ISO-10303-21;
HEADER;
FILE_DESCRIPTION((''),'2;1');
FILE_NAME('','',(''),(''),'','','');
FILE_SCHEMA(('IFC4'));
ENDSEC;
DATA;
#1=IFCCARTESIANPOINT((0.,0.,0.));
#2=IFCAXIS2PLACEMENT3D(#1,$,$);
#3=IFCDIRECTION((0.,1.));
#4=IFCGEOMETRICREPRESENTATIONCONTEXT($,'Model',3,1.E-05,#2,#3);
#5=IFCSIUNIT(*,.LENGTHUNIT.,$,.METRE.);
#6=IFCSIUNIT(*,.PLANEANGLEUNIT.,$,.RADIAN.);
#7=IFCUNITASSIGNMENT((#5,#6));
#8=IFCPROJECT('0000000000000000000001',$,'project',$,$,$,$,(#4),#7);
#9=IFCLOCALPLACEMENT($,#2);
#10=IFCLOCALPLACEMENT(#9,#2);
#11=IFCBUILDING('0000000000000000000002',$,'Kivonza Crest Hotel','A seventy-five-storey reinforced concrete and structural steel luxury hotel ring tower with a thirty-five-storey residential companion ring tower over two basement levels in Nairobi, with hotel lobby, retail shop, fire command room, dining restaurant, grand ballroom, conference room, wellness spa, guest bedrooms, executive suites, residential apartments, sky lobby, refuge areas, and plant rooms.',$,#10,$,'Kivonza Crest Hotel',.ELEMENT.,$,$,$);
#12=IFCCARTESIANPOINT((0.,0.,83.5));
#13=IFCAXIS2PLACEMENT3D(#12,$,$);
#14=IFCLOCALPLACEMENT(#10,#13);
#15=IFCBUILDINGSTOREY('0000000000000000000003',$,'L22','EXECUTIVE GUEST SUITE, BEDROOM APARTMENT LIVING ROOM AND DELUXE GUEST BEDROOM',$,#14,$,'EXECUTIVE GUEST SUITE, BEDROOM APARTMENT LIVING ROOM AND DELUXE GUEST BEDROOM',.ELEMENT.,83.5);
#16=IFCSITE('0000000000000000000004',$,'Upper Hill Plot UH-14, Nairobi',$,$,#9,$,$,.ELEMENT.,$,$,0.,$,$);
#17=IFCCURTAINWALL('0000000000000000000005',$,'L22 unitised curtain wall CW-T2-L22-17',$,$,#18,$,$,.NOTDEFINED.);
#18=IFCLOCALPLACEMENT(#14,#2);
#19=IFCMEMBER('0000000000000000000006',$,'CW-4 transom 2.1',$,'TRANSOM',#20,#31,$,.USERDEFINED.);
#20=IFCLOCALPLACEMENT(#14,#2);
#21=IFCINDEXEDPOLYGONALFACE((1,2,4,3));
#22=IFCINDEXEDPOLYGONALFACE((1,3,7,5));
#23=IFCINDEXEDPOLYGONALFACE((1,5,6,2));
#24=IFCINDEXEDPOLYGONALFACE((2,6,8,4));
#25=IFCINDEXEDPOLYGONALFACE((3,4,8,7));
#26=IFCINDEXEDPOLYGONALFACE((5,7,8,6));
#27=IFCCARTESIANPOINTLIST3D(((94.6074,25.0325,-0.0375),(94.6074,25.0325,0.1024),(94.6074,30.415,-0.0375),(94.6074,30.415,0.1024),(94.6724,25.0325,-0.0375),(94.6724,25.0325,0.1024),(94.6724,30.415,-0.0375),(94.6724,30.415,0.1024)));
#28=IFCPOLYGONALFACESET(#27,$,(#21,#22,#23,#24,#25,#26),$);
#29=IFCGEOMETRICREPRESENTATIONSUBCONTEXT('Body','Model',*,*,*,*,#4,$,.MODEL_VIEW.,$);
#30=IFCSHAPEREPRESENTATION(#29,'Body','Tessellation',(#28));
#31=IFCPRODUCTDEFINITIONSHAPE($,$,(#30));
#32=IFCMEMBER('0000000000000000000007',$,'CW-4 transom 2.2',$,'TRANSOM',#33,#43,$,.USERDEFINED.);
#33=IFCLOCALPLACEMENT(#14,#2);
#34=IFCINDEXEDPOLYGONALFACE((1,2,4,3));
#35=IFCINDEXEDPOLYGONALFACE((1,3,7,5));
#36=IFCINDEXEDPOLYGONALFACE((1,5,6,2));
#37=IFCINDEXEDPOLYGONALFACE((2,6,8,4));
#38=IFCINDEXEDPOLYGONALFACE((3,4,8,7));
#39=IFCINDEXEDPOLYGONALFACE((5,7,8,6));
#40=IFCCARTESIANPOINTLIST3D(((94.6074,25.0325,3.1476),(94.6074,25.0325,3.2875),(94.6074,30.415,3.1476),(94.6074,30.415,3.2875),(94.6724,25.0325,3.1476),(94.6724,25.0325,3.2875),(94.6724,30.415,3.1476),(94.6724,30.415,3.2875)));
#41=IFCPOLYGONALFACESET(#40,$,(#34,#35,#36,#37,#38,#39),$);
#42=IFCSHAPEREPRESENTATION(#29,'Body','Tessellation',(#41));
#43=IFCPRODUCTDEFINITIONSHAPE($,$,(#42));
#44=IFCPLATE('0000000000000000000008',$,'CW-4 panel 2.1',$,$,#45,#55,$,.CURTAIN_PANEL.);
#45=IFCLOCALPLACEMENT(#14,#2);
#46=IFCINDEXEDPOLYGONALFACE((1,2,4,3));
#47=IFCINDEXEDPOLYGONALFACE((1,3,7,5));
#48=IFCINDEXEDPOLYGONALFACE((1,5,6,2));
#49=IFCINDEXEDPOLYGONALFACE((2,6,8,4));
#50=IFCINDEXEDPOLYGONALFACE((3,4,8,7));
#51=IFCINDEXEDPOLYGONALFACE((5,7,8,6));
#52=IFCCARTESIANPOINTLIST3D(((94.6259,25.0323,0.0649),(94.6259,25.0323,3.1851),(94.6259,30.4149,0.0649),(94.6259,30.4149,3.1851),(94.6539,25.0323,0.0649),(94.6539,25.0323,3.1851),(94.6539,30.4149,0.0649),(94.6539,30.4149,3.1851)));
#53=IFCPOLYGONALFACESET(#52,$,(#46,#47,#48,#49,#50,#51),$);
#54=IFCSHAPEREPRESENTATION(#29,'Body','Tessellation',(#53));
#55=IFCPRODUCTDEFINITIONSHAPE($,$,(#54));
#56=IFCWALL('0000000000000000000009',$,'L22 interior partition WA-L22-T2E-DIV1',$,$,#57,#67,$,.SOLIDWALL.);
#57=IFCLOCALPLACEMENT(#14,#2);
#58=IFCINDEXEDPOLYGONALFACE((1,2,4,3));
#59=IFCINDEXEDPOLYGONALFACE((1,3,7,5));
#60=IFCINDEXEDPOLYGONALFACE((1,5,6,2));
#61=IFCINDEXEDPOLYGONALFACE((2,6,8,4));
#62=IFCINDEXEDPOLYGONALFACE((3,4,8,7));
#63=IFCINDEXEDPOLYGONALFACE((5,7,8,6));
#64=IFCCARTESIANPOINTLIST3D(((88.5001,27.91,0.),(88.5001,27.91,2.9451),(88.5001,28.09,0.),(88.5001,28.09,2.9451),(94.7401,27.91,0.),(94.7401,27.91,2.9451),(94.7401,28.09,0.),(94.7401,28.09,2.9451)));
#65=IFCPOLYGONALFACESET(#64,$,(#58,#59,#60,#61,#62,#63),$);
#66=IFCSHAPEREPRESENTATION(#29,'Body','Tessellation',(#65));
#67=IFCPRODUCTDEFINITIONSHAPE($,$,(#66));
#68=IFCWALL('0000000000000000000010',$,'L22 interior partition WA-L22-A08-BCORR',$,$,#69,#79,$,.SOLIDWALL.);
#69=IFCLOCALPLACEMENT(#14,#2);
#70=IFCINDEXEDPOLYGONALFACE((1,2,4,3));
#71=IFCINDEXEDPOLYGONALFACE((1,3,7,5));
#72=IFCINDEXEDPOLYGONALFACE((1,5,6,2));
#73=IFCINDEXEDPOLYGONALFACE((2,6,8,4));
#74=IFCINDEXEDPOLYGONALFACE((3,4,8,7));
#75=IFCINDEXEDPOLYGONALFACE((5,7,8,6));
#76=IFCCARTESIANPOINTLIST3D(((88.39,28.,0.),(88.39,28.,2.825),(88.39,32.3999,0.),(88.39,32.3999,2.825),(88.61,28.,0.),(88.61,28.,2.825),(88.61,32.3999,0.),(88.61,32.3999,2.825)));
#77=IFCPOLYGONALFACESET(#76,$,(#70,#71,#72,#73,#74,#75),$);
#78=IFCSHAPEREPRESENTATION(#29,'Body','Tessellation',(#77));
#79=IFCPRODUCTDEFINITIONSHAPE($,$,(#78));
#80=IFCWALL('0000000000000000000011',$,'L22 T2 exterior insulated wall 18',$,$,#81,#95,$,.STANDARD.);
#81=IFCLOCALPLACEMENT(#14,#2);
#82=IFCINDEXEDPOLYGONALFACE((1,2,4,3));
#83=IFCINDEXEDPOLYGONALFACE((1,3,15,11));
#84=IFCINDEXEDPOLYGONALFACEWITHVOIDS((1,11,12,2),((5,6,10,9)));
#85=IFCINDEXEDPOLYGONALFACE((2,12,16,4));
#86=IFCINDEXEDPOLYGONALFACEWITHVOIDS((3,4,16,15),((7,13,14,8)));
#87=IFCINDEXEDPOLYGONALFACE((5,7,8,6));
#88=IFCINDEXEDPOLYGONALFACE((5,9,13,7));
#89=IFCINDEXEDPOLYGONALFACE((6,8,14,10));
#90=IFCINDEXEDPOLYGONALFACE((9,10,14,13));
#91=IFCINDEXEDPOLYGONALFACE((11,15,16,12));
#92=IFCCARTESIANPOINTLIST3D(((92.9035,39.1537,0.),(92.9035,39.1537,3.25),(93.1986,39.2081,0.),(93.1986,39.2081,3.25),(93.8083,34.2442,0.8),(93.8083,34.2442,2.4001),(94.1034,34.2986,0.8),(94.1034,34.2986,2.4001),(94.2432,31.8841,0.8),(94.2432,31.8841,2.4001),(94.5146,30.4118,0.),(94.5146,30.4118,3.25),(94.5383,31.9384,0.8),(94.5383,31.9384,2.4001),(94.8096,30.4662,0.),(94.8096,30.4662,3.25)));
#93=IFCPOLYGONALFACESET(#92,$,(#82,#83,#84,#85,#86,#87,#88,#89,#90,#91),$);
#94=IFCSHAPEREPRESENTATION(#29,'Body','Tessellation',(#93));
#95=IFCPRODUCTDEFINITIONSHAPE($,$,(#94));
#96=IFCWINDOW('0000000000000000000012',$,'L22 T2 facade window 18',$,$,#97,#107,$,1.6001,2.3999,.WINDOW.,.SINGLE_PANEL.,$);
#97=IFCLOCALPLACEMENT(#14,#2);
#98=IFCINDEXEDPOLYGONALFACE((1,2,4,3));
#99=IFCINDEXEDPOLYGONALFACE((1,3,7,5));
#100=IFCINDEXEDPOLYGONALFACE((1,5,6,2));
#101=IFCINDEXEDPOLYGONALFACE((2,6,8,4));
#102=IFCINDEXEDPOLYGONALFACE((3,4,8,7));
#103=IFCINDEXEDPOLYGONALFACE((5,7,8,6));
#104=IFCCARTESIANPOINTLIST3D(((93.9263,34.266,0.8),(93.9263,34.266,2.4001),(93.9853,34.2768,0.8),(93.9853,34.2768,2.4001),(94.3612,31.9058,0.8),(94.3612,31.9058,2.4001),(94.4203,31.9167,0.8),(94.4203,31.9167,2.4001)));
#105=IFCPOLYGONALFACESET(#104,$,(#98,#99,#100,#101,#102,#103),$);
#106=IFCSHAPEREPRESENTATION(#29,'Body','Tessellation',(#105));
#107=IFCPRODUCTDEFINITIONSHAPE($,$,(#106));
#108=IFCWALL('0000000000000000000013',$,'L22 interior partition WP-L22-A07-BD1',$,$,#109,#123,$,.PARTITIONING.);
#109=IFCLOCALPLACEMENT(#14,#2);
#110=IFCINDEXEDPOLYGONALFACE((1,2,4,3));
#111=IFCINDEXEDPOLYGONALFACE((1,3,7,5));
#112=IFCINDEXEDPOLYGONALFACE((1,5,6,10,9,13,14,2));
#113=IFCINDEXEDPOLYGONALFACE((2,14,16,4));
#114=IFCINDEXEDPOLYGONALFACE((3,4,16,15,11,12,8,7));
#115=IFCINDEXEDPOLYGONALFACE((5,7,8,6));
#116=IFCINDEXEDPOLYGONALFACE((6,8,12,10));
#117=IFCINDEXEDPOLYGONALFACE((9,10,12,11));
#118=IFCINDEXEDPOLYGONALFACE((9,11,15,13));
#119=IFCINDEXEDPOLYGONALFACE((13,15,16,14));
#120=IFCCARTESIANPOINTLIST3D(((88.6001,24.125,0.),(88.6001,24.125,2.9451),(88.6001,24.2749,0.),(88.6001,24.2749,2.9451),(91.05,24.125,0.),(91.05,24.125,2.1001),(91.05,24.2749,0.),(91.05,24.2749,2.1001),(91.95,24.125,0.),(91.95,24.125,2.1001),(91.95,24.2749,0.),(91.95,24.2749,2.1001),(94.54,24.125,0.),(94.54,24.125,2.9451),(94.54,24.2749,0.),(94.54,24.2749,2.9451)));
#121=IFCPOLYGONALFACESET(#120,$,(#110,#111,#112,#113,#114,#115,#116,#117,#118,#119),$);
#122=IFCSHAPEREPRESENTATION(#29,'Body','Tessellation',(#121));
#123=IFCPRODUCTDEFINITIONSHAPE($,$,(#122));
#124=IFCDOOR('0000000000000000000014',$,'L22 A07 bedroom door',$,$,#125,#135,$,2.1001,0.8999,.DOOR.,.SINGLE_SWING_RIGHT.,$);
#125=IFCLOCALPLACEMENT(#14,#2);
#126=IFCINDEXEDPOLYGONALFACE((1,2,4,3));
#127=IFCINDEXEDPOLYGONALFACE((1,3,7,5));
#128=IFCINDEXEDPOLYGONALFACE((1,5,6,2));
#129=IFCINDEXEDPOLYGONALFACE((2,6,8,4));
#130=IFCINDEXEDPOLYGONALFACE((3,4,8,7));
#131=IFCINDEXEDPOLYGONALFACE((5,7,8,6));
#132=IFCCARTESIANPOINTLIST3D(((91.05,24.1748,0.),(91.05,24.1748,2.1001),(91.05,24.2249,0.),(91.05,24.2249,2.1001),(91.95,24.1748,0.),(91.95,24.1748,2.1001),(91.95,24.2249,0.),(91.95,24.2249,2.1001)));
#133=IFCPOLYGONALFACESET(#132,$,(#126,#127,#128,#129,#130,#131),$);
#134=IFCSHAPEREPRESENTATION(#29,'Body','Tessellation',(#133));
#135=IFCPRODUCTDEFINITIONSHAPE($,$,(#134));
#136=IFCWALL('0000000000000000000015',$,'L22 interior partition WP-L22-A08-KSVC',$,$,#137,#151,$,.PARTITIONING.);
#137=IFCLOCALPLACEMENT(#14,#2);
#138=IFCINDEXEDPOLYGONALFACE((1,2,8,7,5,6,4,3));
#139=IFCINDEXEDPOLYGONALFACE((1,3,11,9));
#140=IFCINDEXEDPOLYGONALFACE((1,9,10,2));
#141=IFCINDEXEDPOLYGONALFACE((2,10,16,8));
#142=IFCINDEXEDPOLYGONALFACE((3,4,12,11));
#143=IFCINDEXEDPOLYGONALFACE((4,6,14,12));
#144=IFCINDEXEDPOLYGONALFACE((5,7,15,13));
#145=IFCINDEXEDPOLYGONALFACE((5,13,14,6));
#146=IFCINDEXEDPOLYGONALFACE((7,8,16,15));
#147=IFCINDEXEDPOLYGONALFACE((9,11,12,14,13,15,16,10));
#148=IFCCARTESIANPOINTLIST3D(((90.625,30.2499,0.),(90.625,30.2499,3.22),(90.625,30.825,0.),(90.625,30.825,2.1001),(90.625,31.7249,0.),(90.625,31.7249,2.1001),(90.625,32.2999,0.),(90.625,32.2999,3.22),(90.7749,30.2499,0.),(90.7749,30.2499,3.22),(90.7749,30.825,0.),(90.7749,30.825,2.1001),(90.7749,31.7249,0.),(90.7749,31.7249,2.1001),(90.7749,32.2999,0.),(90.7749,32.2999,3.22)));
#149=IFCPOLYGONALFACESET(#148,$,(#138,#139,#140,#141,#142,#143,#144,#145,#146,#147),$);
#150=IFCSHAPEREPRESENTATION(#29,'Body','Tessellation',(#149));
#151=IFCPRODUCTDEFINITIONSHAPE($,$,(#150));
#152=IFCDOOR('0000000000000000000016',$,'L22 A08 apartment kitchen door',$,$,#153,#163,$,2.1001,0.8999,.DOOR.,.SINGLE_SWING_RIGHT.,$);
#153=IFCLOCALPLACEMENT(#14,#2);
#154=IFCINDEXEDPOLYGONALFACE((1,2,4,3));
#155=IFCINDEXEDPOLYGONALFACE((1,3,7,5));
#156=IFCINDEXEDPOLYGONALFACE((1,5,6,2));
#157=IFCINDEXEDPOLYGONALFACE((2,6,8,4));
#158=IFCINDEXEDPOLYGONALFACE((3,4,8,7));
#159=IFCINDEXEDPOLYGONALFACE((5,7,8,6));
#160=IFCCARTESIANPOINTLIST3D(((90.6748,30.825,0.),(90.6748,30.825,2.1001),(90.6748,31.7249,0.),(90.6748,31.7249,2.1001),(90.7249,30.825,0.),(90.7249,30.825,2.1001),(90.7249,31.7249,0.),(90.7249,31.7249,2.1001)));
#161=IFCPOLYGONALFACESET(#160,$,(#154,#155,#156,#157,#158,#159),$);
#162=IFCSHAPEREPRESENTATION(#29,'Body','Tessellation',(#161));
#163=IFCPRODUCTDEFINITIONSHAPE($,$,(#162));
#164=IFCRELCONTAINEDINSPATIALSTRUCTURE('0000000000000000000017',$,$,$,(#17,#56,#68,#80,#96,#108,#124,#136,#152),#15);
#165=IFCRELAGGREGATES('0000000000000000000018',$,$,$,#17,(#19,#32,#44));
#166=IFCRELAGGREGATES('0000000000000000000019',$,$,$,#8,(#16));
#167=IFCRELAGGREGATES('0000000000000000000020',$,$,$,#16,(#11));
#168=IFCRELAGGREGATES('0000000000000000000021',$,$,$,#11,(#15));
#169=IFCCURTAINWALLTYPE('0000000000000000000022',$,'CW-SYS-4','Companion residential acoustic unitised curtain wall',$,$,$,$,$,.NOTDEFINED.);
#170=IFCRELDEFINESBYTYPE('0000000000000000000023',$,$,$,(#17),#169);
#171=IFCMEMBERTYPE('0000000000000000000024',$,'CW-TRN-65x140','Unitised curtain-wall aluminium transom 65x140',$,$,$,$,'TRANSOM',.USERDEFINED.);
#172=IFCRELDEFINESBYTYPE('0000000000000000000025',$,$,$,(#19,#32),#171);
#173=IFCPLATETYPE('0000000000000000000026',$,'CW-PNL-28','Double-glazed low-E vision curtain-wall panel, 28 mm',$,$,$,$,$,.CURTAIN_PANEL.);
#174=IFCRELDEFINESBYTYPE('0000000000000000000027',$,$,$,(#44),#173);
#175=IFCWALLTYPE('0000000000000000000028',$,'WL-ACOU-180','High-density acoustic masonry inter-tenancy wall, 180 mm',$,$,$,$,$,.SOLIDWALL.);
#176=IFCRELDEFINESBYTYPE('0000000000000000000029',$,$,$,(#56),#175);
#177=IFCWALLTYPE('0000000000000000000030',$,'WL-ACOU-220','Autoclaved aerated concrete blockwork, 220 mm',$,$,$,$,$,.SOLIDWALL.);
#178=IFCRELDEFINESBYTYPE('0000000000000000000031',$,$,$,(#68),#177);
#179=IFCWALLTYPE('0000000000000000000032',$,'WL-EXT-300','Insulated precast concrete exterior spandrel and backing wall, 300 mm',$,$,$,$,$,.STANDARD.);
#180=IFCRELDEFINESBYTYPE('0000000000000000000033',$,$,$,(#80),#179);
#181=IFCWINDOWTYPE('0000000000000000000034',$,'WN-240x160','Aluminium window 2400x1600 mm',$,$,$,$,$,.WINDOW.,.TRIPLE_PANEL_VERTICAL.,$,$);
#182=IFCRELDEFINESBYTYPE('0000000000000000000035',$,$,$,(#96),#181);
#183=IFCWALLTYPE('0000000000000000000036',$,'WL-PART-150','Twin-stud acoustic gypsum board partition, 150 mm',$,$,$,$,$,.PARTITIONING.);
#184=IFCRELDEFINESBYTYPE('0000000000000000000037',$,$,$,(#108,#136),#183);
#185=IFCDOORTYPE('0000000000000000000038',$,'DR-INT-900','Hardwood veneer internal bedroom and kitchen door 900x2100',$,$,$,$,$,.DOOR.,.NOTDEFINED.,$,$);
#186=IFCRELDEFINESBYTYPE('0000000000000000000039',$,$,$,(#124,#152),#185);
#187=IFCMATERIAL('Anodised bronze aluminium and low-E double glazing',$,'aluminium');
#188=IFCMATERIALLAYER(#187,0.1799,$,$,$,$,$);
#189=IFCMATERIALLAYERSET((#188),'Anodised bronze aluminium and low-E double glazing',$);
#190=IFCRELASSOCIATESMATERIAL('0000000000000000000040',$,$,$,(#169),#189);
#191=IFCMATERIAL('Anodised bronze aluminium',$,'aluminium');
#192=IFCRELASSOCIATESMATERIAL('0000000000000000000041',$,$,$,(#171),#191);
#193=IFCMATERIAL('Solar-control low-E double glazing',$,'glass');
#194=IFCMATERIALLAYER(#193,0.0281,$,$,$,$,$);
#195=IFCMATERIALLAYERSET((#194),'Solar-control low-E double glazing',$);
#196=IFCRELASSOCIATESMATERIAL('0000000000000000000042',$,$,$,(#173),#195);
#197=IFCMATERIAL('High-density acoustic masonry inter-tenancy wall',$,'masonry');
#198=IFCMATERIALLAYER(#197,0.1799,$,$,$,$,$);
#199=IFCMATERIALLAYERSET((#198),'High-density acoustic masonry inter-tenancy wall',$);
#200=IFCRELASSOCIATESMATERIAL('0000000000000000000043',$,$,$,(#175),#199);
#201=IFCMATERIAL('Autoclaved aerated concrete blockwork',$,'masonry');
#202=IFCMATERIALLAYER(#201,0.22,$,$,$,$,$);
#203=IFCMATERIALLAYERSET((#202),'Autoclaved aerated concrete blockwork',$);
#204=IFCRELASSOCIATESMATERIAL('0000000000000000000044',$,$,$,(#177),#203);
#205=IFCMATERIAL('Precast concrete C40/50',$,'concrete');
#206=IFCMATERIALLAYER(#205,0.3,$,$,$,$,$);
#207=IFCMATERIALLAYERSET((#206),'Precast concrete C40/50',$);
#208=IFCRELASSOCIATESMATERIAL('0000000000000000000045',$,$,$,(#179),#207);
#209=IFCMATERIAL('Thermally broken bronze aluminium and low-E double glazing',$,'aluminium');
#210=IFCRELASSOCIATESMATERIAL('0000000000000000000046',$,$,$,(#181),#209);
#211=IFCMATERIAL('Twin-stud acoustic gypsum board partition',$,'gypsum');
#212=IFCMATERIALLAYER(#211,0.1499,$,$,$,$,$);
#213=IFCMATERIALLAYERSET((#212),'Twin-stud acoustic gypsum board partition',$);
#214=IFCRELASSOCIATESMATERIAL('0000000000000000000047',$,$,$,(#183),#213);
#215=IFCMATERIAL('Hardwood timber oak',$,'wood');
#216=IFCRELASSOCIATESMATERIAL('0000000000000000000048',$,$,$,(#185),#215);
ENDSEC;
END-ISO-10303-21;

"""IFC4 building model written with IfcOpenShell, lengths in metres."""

from ifc_helpers import new_model, si_unit, direction, frame, frame_2d, origin, origin_2d, place, context, subcontext, project, spatial, rectangle, extrude, material, layer, layer_set, material_profile, profile_set, type_object, element, fill, aggregate, save


model = new_model("IFC4")

# Units and contexts
model_context = context("Model", 3, precision=1e-05, world=origin(), true_north=direction((0.0, 1.0)))
body_context = subcontext(model_context, "Body", "Model", "MODEL_VIEW")
ifc_project = project(units=[si_unit("LENGTHUNIT", "METRE"), si_unit("PLANEANGLEUNIT", "RADIAN")], contexts=[model_context])

# Site, building, storey
site_placement = place(None, origin())
site = spatial("IfcSite", under=ifc_project, at=site_placement, Name="Upper Hill Plot UH-14, Nairobi", CompositionType="ELEMENT", RefElevation=0.0)
building_placement = place(site_placement, origin())
building = spatial("IfcBuilding", under=site, at=building_placement, Name="Kivonza Crest Hotel", Description="A seventy-five-storey reinforced concrete and structural steel luxury hotel ring tower with a thirty-five-storey residential companion ring tower over two basement levels in Nairobi, with hotel lobby, retail shop, fire command room, dining restaurant, grand ballroom, conference room, wellness spa, guest bedrooms, executive suites, residential apartments, sky lobby, refuge areas, and plant rooms.", LongName="Kivonza Crest Hotel", CompositionType="ELEMENT")
storey_placement = place(building_placement, frame((0.0, 0.0, 83.5)))
storey = spatial("IfcBuildingStorey", under=building, at=storey_placement, Name="L22", Description="EXECUTIVE GUEST SUITE, BEDROOM APARTMENT LIVING ROOM AND DELUXE GUEST BEDROOM", LongName="EXECUTIVE GUEST SUITE, BEDROOM APARTMENT LIVING ROOM AND DELUXE GUEST BEDROOM", CompositionType="ELEMENT", Elevation=83.5)

# Curtain wall, members, plate
ifc_material_1 = material(Name="Anodised bronze aluminium and low-E double glazing", Category="aluminium")
ifc_layer_1 = layer(ifc_material_1, 0.1799)
ifc_layer_set_1 = layer_set([ifc_layer_1], Name="Anodised bronze aluminium and low-E double glazing")
curtain_wall_type = type_object("IfcCurtainWallType", Name="CW-SYS-4", Description="Companion residential acoustic unitised curtain wall", PredefinedType="NOTDEFINED", material=ifc_layer_set_1)
curtain_wall_placement = place(storey_placement, origin())
curtain_wall = element("IfcCurtainWall", 1, at=curtain_wall_placement, inside=storey, type_object=curtain_wall_type, Name="L22 unitised curtain wall CW-T2-L22-17", PredefinedType="NOTDEFINED")
ifc_material_2 = material(Name="Anodised bronze aluminium", Category="aluminium")
ifc_material_profile_1 = material_profile(ifc_material_2, rectangle(XDim=0.0649, YDim=0.1399, at=origin_2d()), Name="CW-T 65x140")
ifc_profile_set_1 = profile_set([ifc_material_profile_1], Name="Anodised bronze aluminium")
member_type_1 = type_object("IfcMemberType", Name="CW-TRN-65x140", Description="Unitised curtain-wall aluminium transom 65x140", ElementType="TRANSOM", PredefinedType="USERDEFINED", material=ifc_profile_set_1)
member_1_placement = place(storey_placement, frame((94.6399, 25.0325, 0.0325), z_axis=(0.0, 1.0, 0.0), x_axis=(-1.0, 0.0, 0.0)))
member_1 = element("IfcMember", 2, at=member_1_placement, type_object=member_type_1, Name="CW-4 transom 2.1", ObjectType="TRANSOM", PredefinedType="USERDEFINED", context=body_context, shape_type="SweptSolid", body=[
    extrude(rectangle(XDim=0.0649, YDim=0.1399, at=origin_2d()), origin(), (0.0, 0.0, 1.0), 5.3826),
])
member_2_placement = place(storey_placement, frame((94.6399, 25.0325, 3.2175), z_axis=(0.0, 1.0, 0.0), x_axis=(-1.0, 0.0, 0.0)))
member_2 = element("IfcMember", 3, at=member_2_placement, type_object=member_type_1, Name="CW-4 transom 2.2", ObjectType="TRANSOM", PredefinedType="USERDEFINED", context=body_context, shape_type="SweptSolid", body=[
    extrude(rectangle(XDim=0.0649, YDim=0.1399, at=origin_2d()), origin(), (0.0, 0.0, 1.0), 5.3826),
])
ifc_material_3 = material(Name="Solar-control low-E double glazing", Category="glass")
ifc_layer_2 = layer(ifc_material_3, 0.0281)
ifc_layer_set_2 = layer_set([ifc_layer_2], Name="Solar-control low-E double glazing")
plate_type = type_object("IfcPlateType", Name="CW-PNL-28", Description="Double-glazed low-E vision curtain-wall panel, 28 mm", PredefinedType="CURTAIN_PANEL", material=ifc_layer_set_2)
plate_placement = place(storey_placement, frame((94.6399, 27.7236, 0.0649), z_axis=(0.0, 0.0, 1.0), x_axis=(0.0, 1.0, 0.0)))
plate = element("IfcPlate", 4, at=plate_placement, type_object=plate_type, Name="CW-4 panel 2.1", PredefinedType="CURTAIN_PANEL", context=body_context, shape_type="SweptSolid", body=[
    extrude(rectangle(XDim=5.3826, YDim=0.0281, at=origin_2d()), origin(), (0.0, 0.0, 1.0), 3.1201),
])
aggregate(curtain_wall, [member_1, member_2, plate])

# Walls
ifc_material_4 = material(Name="High-density acoustic masonry inter-tenancy wall", Category="masonry")
ifc_layer_3 = layer(ifc_material_4, 0.1799)
ifc_layer_set_3 = layer_set([ifc_layer_3], Name="High-density acoustic masonry inter-tenancy wall")
wall_type_1 = type_object("IfcWallType", Name="WL-ACOU-180", Description="High-density acoustic masonry inter-tenancy wall, 180 mm", PredefinedType="SOLIDWALL", material=ifc_layer_set_3)
wall_1_placement = place(storey_placement, frame((88.5, 28.0, 0.0), z_axis=(0.0, 0.0, 1.0), x_axis=(1.0, 0.0, 0.0)))
element("IfcWall", 5, at=wall_1_placement, inside=storey, type_object=wall_type_1, Name="L22 interior partition WA-L22-T2E-DIV1", PredefinedType="SOLIDWALL", context=body_context, shape_type="SweptSolid", body=[
    extrude(rectangle(XDim=6.24, YDim=0.1799, at=frame_2d((3.1201, 0.0))), origin(), (0.0, 0.0, 1.0), 2.9451),
])
ifc_material_5 = material(Name="Autoclaved aerated concrete blockwork", Category="masonry")
ifc_layer_4 = layer(ifc_material_5, 0.22)
ifc_layer_set_4 = layer_set([ifc_layer_4], Name="Autoclaved aerated concrete blockwork")
wall_type_2 = type_object("IfcWallType", Name="WL-ACOU-220", Description="Autoclaved aerated concrete blockwork, 220 mm", PredefinedType="SOLIDWALL", material=ifc_layer_set_4)
wall_2_placement = place(storey_placement, frame((88.5, 28.0, 0.0), z_axis=(0.0, 0.0, 1.0), x_axis=(0.0, 1.0, 0.0)))
element("IfcWall", 6, at=wall_2_placement, inside=storey, type_object=wall_type_2, Name="L22 interior partition WA-L22-A08-BCORR", PredefinedType="SOLIDWALL", context=body_context, shape_type="SweptSolid", body=[
    extrude(rectangle(XDim=4.3999, YDim=0.22, at=frame_2d((2.2, 0.0))), origin(), (0.0, 0.0, 1.0), 2.825),
])

# Wall, opening, window
ifc_material_6 = material(Name="Precast concrete C40/50", Category="concrete")
ifc_layer_5 = layer(ifc_material_6, 0.3)
ifc_layer_set_5 = layer_set([ifc_layer_5], Name="Precast concrete C40/50")
wall_type_3 = type_object("IfcWallType", Name="WL-EXT-300", Description="Insulated precast concrete exterior spandrel and backing wall, 300 mm", PredefinedType="STANDARD", material=ifc_layer_set_5)
wall_3_placement = place(storey_placement, frame((94.6621, 30.439, 0.0), z_axis=(0.0, 0.0, 1.0), x_axis=(-0.181241, 0.983439, 0.0)))
wall_3 = element("IfcWall", 7, at=wall_3_placement, inside=storey, type_object=wall_type_3, Name="L22 T2 exterior insulated wall 18", PredefinedType="STANDARD", context=body_context, shape_type="SweptSolid", body=[
    extrude(rectangle(XDim=8.8892, YDim=0.3, at=frame_2d((4.4446, 0.0))), origin(), (0.0, 0.0, 1.0), 3.25),
])
opening_1_placement = place(wall_3_placement, frame((1.4971, 0.0, 0.8)))
opening_1 = element("IfcOpeningElement", 8, at=opening_1_placement, cuts=wall_3, PredefinedType="OPENING", context=body_context, shape_type="SweptSolid", body=[
    extrude(rectangle(XDim=2.3999, YDim=1.6001, at=frame_2d((1.2, 0.8))), frame((0.0, 0.1602, 0.0), z_axis=(0.0, -1.0, 0.0), x_axis=(1.0, 0.0, 0.0)), (0.0, 0.0, 1.0), 0.3201),
])
ifc_material_7 = material(Name="Thermally broken bronze aluminium and low-E double glazing", Category="aluminium")
window_type = type_object("IfcWindowType", Name="WN-240x160", Description="Aluminium window 2400x1600 mm", PartitioningType="TRIPLE_PANEL_VERTICAL", PredefinedType="WINDOW", material=ifc_material_7)
window_placement = place(opening_1_placement, origin())
window = element("IfcWindow", 9, at=window_placement, inside=storey, type_object=window_type, Name="L22 T2 facade window 18", OverallHeight=1.6001, OverallWidth=2.3999, PartitioningType="SINGLE_PANEL", PredefinedType="WINDOW", context=body_context, shape_type="SweptSolid", body=[
    extrude(rectangle(XDim=2.3999, YDim=1.6001, at=frame_2d((1.2, 0.8))), frame((0.0, 0.03, 0.0), z_axis=(0.0, -1.0, 0.0), x_axis=(1.0, 0.0, 0.0)), (0.0, 0.0, 1.0), 0.0601),
])
fill(opening_1, window)

# Walls, openings, doors
ifc_material_8 = material(Name="Twin-stud acoustic gypsum board partition", Category="gypsum")
ifc_layer_6 = layer(ifc_material_8, 0.1499)
ifc_layer_set_6 = layer_set([ifc_layer_6], Name="Twin-stud acoustic gypsum board partition")
wall_type_4 = type_object("IfcWallType", Name="WL-PART-150", Description="Twin-stud acoustic gypsum board partition, 150 mm", PredefinedType="PARTITIONING", material=ifc_layer_set_6)
wall_4_placement = place(storey_placement, frame((88.6001, 24.2, 0.0), z_axis=(0.0, 0.0, 1.0), x_axis=(1.0, 0.0, 0.0)))
wall_4 = element("IfcWall", 10, at=wall_4_placement, inside=storey, type_object=wall_type_4, Name="L22 interior partition WP-L22-A07-BD1", PredefinedType="PARTITIONING", context=body_context, shape_type="SweptSolid", body=[
    extrude(rectangle(XDim=5.9399, YDim=0.1499, at=frame_2d((2.97, 0.0))), origin(), (0.0, 0.0, 1.0), 2.9451),
])
opening_2_placement = place(wall_4_placement, frame((2.45, 0.0, 0.0)))
opening_2 = element("IfcOpeningElement", 11, at=opening_2_placement, cuts=wall_4, PredefinedType="OPENING", context=body_context, shape_type="SweptSolid", body=[
    extrude(rectangle(XDim=0.8999, YDim=2.1001, at=frame_2d((0.45, 1.05))), frame((0.0, 0.085, 0.0), z_axis=(0.0, -1.0, 0.0), x_axis=(1.0, 0.0, 0.0)), (0.0, 0.0, 1.0), 0.1699),
])
ifc_material_9 = material(Name="Hardwood timber oak", Category="wood")
door_type_1 = type_object("IfcDoorType", Name="DR-INT-900", Description="Hardwood veneer internal bedroom and kitchen door 900x2100", OperationType="NOTDEFINED", PredefinedType="DOOR", material=ifc_material_9)
door_1_placement = place(opening_2_placement, origin())
door_1 = element("IfcDoor", 12, at=door_1_placement, inside=storey, type_object=door_type_1, Name="L22 A07 bedroom door", OperationType="SINGLE_SWING_RIGHT", OverallHeight=2.1001, OverallWidth=0.8999, PredefinedType="DOOR", context=body_context, shape_type="SweptSolid", body=[
    extrude(rectangle(XDim=0.8999, YDim=2.1001, at=frame_2d((0.45, 1.05))), frame((0.0, 0.0249, 0.0), z_axis=(0.0, -1.0, 0.0), x_axis=(1.0, 0.0, 0.0)), (0.0, 0.0, 1.0), 0.05),
])
fill(opening_2, door_1)
wall_5_placement = place(storey_placement, frame((90.7, 30.25, 0.0), z_axis=(0.0, 0.0, 1.0), x_axis=(0.0, 1.0, 0.0)))
wall_5 = element("IfcWall", 13, at=wall_5_placement, inside=storey, type_object=wall_type_4, Name="L22 interior partition WP-L22-A08-KSVC", PredefinedType="PARTITIONING", context=body_context, shape_type="SweptSolid", body=[
    extrude(rectangle(XDim=2.05, YDim=0.1499, at=frame_2d((1.0249, 0.0))), origin(), (0.0, 0.0, 1.0), 3.22),
])
opening_3_placement = place(wall_5_placement, frame((0.575, 0.0, 0.0)))
opening_3 = element("IfcOpeningElement", 14, at=opening_3_placement, cuts=wall_5, PredefinedType="OPENING", context=body_context, shape_type="SweptSolid", body=[
    extrude(rectangle(XDim=0.8999, YDim=2.1001, at=frame_2d((0.45, 1.05))), frame((0.0, 0.085, 0.0), z_axis=(0.0, -1.0, 0.0), x_axis=(1.0, 0.0, 0.0)), (0.0, 0.0, 1.0), 0.1699),
])
door_2_placement = place(opening_3_placement, frame((0.8999, 0.0, 0.0), z_axis=(0.0, 0.0, 1.0), x_axis=(-1.0, 0.0, 0.0)))
door_2 = element("IfcDoor", 15, at=door_2_placement, inside=storey, type_object=door_type_1, Name="L22 A08 apartment kitchen door", OperationType="SINGLE_SWING_RIGHT", OverallHeight=2.1001, OverallWidth=0.8999, PredefinedType="DOOR", context=body_context, shape_type="SweptSolid", body=[
    extrude(rectangle(XDim=0.8999, YDim=2.1001, at=frame_2d((0.45, 1.05))), frame((0.0, 0.0249, 0.0), z_axis=(0.0, -1.0, 0.0), x_axis=(1.0, 0.0, 0.0)), (0.0, 0.0, 1.0), 0.05),
])
fill(opening_3, door_2)

save(model, "model.ifc")
